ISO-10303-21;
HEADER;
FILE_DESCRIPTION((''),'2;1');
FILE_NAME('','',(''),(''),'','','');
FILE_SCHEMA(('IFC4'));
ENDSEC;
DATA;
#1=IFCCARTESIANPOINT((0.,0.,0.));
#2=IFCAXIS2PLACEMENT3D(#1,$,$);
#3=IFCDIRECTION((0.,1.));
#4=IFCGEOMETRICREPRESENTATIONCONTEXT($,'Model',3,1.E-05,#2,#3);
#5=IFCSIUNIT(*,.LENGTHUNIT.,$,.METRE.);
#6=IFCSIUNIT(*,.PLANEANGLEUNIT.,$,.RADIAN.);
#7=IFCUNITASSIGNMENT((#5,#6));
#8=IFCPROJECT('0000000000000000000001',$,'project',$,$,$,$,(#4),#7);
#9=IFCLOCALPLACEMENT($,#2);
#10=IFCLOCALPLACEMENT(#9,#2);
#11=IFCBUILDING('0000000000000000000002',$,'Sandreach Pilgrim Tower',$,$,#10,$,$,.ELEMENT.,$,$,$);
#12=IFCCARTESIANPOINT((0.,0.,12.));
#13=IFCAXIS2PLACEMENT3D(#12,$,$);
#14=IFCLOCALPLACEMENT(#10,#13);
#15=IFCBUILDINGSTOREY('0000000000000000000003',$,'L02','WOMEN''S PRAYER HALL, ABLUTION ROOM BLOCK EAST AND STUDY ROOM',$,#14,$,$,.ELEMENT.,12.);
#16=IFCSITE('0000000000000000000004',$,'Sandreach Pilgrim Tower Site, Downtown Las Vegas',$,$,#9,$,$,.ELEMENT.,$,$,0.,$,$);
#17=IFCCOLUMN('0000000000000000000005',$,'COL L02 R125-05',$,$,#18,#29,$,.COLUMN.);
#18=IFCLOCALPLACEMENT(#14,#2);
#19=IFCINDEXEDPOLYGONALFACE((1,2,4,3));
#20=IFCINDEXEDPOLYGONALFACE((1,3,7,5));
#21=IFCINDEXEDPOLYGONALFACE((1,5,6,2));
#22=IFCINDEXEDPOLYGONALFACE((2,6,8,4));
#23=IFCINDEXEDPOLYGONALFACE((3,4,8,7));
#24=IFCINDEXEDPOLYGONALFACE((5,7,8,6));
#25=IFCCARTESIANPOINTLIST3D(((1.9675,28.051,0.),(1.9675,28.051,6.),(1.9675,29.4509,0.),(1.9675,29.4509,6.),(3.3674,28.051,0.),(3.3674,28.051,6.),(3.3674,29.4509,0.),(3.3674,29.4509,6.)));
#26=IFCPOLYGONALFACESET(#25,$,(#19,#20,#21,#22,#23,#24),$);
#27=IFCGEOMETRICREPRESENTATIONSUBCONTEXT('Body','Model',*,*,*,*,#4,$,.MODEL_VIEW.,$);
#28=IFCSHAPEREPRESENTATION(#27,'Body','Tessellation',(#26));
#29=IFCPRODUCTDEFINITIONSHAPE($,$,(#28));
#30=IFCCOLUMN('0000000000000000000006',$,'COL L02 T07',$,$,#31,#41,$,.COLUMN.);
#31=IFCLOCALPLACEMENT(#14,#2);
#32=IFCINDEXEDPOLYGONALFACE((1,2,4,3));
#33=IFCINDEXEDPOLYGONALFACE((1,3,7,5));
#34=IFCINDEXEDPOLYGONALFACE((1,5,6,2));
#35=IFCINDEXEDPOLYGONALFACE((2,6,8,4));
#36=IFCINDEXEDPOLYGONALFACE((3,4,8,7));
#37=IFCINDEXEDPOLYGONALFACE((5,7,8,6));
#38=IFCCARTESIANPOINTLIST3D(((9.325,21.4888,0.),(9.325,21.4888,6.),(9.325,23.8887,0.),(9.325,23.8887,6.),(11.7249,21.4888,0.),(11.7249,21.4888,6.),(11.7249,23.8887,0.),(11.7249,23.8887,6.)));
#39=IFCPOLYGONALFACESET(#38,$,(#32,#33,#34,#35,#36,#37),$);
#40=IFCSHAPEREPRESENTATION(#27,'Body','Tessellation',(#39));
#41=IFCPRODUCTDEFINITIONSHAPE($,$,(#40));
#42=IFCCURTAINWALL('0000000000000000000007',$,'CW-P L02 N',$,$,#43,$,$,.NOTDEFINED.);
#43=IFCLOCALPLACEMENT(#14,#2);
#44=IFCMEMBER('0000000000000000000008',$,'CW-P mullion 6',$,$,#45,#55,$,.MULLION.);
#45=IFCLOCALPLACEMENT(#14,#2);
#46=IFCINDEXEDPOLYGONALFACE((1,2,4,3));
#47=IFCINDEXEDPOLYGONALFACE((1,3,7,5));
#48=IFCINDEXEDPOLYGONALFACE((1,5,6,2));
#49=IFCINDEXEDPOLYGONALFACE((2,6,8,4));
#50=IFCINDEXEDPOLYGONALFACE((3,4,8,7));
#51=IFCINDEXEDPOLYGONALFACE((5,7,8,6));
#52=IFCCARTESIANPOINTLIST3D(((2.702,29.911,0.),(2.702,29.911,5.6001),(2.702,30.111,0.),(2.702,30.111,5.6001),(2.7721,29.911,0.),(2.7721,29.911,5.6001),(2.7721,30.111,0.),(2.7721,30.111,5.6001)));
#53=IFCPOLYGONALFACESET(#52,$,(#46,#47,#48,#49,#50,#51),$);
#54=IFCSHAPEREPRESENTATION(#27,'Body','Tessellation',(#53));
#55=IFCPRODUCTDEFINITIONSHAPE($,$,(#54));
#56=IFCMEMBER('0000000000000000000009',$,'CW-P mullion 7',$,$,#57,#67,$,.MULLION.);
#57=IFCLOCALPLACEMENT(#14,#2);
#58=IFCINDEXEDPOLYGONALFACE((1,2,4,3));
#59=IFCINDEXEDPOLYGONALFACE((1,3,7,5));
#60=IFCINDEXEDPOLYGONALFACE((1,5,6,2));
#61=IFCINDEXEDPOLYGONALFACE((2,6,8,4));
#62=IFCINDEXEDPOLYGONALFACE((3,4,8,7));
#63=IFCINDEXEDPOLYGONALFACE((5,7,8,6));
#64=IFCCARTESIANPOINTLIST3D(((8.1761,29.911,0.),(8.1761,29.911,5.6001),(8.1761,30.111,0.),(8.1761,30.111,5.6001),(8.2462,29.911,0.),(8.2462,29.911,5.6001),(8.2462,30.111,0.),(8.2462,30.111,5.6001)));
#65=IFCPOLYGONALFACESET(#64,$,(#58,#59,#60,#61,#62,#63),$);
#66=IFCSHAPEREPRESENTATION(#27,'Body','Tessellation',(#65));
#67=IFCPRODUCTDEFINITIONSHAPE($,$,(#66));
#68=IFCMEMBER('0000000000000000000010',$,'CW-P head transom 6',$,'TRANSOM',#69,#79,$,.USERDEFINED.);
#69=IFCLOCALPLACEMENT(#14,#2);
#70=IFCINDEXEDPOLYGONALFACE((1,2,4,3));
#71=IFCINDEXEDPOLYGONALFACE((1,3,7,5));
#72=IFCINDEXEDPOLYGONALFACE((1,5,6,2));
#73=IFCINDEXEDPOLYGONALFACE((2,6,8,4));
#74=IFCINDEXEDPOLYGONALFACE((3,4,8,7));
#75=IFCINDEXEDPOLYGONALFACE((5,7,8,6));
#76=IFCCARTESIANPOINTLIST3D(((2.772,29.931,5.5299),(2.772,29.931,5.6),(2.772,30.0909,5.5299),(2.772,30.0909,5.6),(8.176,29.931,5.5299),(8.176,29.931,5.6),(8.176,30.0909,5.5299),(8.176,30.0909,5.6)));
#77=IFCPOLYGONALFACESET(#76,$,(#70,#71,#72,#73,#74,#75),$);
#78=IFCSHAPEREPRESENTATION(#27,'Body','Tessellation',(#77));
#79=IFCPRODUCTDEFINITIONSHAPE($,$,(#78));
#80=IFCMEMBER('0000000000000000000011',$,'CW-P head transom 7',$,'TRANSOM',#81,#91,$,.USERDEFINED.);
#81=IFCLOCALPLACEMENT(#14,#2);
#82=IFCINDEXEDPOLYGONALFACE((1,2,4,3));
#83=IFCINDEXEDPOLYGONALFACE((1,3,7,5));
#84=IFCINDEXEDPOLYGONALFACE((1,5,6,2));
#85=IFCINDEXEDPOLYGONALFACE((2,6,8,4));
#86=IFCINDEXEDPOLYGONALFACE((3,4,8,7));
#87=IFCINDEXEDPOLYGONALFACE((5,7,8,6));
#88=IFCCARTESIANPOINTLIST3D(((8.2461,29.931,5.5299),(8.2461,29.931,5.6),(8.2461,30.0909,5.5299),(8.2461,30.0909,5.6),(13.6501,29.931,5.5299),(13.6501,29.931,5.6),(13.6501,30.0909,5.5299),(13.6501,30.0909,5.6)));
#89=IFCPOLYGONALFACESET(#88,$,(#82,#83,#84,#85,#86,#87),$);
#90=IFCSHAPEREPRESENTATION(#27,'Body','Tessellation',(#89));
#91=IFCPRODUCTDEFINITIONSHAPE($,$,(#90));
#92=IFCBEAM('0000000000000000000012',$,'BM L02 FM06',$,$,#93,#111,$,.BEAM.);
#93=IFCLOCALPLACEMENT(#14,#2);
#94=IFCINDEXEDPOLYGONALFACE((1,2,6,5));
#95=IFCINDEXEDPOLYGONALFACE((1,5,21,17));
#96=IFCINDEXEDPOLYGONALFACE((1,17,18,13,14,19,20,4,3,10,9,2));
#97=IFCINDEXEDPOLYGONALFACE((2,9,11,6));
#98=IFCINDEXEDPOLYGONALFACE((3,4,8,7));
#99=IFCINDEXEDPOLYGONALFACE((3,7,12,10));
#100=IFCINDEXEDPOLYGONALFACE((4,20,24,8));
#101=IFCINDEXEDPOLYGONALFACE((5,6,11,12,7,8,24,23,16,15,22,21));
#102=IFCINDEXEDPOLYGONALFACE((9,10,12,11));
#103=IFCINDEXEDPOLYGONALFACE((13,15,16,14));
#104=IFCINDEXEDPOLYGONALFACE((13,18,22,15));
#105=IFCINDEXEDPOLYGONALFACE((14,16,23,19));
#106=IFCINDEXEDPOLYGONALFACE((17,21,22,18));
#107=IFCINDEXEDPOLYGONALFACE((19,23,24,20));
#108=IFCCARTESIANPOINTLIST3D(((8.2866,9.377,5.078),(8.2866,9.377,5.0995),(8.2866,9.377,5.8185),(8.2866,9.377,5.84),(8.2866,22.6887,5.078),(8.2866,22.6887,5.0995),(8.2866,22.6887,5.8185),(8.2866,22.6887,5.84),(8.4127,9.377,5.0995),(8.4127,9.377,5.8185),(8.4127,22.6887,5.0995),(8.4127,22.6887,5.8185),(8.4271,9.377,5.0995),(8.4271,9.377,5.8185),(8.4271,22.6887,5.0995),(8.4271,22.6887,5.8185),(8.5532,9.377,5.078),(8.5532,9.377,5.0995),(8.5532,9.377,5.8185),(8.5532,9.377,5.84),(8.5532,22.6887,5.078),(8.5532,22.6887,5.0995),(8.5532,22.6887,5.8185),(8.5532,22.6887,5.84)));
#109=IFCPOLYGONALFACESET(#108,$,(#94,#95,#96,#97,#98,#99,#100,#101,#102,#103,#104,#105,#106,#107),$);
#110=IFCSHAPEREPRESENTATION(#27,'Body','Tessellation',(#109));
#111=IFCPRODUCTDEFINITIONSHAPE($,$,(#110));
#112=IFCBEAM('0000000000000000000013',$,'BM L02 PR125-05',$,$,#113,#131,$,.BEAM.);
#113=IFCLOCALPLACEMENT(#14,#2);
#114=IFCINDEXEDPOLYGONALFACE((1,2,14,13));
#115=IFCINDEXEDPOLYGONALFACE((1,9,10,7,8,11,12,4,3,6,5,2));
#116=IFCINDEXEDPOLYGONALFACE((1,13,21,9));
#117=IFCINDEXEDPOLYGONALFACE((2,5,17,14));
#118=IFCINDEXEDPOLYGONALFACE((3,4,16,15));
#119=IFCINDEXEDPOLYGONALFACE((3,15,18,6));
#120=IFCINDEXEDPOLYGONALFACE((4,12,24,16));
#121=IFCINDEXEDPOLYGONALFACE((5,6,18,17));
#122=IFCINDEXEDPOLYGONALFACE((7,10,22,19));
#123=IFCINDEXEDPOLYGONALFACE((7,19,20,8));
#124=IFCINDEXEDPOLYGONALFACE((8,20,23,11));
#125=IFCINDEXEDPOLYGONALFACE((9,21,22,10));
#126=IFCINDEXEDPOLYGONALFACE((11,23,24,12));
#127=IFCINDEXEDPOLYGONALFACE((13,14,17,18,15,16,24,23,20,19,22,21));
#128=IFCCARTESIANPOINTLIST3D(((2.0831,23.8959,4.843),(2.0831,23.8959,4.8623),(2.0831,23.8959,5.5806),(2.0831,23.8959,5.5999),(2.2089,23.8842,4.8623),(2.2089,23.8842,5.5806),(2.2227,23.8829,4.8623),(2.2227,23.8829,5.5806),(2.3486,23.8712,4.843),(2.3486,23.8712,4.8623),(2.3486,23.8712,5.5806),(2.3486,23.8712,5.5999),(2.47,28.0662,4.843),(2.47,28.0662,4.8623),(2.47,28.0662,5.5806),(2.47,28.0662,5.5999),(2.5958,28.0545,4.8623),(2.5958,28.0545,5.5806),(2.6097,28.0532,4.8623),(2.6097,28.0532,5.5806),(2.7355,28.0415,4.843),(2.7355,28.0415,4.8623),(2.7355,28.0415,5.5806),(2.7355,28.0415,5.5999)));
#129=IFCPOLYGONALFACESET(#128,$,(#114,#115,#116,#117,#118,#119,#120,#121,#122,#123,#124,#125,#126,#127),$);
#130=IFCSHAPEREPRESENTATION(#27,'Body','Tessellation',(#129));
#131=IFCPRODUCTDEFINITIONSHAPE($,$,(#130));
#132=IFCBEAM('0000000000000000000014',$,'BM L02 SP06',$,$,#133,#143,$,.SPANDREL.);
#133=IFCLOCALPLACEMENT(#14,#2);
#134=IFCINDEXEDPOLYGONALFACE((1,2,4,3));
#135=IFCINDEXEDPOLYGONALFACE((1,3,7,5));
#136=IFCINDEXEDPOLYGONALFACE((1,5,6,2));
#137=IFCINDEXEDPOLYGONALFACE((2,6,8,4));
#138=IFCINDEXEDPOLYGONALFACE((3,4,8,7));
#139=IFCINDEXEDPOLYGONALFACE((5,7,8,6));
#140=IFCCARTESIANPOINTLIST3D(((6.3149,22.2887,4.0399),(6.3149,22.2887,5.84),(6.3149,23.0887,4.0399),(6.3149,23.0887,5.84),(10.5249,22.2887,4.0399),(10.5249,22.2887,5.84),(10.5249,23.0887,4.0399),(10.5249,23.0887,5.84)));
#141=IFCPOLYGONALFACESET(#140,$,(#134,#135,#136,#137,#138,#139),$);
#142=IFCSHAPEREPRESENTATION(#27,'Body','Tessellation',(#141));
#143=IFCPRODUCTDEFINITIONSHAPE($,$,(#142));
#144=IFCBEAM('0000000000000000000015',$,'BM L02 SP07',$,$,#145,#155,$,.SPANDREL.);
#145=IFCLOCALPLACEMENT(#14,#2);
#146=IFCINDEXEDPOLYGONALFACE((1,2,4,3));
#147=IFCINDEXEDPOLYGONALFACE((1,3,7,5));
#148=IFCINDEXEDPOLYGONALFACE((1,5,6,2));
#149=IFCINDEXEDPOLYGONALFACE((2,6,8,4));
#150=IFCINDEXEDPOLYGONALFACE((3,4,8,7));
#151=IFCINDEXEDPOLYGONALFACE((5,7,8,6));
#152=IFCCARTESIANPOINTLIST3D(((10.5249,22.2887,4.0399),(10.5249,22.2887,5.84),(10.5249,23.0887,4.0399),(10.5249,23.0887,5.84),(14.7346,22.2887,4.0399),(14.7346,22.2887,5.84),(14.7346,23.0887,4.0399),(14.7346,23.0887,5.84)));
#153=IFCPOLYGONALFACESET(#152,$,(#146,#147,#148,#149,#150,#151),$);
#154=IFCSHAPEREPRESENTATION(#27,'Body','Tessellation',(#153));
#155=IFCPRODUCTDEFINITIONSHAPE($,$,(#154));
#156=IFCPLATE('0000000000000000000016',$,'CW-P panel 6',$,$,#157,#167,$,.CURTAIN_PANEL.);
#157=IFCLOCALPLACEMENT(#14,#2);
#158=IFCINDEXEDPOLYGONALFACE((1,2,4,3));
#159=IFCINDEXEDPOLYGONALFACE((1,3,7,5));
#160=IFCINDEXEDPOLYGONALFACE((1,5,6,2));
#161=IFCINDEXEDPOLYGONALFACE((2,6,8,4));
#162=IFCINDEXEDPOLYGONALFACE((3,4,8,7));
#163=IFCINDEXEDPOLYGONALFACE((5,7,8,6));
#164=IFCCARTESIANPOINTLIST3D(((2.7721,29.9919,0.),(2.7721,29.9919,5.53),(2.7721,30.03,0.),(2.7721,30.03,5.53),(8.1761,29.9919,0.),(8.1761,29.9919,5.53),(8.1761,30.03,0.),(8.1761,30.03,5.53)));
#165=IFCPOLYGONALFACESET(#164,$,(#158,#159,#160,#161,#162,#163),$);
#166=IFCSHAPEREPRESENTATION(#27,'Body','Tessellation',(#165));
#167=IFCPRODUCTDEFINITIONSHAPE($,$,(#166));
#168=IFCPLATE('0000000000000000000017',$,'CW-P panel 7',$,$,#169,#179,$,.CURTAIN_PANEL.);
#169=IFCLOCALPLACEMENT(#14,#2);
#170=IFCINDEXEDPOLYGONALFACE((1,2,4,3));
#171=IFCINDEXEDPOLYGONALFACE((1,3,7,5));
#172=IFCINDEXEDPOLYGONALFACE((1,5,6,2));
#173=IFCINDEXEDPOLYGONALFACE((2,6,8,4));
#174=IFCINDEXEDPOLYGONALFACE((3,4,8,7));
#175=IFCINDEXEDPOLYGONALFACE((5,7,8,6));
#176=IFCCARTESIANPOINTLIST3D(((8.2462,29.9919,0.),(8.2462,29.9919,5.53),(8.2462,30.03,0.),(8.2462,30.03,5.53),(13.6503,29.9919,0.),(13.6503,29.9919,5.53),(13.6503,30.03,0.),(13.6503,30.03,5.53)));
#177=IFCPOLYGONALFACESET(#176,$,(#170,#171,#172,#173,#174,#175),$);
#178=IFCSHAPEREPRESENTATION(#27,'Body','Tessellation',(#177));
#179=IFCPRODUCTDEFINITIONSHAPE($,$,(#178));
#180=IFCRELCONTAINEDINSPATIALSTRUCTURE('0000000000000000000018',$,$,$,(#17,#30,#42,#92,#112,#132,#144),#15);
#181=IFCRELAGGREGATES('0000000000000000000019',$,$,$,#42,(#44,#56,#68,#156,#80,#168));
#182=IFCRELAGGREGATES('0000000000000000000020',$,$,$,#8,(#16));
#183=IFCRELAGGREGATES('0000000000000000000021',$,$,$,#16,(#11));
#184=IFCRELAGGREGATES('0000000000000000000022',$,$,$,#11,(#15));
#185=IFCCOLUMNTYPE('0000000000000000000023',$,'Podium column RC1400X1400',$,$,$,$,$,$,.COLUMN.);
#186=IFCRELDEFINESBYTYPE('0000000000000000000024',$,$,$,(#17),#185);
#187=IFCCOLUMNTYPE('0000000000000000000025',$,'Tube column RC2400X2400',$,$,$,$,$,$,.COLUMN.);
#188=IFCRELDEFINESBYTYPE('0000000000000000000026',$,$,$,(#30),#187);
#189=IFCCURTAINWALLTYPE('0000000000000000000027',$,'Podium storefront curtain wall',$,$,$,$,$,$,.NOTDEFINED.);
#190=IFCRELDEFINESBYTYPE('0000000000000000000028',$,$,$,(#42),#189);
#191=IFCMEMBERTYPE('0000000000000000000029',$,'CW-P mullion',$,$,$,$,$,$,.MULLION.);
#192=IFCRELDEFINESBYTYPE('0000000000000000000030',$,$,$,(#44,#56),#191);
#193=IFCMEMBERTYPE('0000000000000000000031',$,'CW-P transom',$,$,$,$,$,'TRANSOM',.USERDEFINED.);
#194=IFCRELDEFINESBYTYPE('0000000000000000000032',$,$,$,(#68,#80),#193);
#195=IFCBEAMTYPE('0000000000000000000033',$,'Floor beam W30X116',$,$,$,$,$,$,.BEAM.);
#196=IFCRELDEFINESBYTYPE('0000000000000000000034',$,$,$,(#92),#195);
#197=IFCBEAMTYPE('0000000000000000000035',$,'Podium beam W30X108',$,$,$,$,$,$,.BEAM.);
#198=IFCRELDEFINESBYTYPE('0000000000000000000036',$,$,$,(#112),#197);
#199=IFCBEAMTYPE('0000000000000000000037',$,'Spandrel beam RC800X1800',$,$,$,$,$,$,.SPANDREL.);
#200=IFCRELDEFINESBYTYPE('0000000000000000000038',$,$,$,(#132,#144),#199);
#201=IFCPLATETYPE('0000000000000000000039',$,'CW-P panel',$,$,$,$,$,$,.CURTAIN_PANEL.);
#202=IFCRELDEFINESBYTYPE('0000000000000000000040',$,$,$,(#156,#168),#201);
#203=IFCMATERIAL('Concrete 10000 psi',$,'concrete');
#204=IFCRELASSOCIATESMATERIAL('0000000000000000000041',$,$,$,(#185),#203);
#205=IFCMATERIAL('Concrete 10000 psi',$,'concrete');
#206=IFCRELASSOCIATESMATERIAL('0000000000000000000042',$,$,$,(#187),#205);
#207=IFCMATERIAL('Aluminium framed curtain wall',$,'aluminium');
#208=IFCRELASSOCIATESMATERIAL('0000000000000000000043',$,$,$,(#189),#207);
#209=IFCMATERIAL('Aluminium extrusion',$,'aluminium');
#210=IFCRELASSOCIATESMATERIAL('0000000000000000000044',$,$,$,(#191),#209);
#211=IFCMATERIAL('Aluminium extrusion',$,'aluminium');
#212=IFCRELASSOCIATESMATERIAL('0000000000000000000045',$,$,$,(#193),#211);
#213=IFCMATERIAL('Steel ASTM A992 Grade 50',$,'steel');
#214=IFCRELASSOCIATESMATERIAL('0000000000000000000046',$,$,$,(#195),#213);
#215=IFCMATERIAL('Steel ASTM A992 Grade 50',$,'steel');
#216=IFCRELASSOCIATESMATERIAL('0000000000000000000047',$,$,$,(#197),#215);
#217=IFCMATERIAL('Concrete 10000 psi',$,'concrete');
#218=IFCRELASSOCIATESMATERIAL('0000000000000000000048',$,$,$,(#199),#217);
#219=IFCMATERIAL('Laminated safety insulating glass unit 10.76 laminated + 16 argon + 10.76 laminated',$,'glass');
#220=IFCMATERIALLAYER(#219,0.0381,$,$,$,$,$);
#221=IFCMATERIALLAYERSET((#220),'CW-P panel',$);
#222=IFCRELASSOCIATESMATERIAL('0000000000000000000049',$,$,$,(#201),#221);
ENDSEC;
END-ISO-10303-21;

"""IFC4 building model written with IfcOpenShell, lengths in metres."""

from ifc_helpers import new_model, si_unit, direction, frame, origin, origin_2d, place, context, subcontext, project, spatial, rectangle, i_section, extrude, material, layer, layer_set, material_profile, profile_set, type_object, element, aggregate, save


model = new_model("IFC4")

# Units and contexts
model_context = context("Model", 3, precision=1e-05, world=origin(), true_north=direction((0.0, 1.0)))
body_context = subcontext(model_context, "Body", "Model", "MODEL_VIEW")
ifc_project = project(units=[si_unit("LENGTHUNIT", "METRE"), si_unit("PLANEANGLEUNIT", "RADIAN")], contexts=[model_context])

# Site, building, storey
site_placement = place(None, origin())
site = spatial("IfcSite", under=ifc_project, at=site_placement, Name="Sandreach Pilgrim Tower Site, Downtown Las Vegas", CompositionType="ELEMENT", RefElevation=0.0)
building_placement = place(site_placement, origin())
building = spatial("IfcBuilding", under=site, at=building_placement, Name="Sandreach Pilgrim Tower", CompositionType="ELEMENT")
storey_placement = place(building_placement, frame((0.0, 0.0, 12.0)))
storey = spatial("IfcBuildingStorey", under=building, at=storey_placement, Name="L02", Description="WOMEN'S PRAYER HALL, ABLUTION ROOM BLOCK EAST AND STUDY ROOM", CompositionType="ELEMENT", Elevation=12.0)

# Columns
ifc_material_1 = material(Name="Concrete 10000 psi", Category="concrete")
ifc_material_profile_1 = material_profile(ifc_material_1, rectangle(XDim=1.3999, YDim=1.3999, at=origin_2d()), Name="RC1400X1400")
ifc_profile_set_1 = profile_set([ifc_material_profile_1], Name="Concrete 10000 psi")
column_type_1 = type_object("IfcColumnType", Name="Podium column RC1400X1400", PredefinedType="COLUMN", material=ifc_profile_set_1)
column_1_placement = place(storey_placement, frame((2.6675, 28.751, 0.0), z_axis=(0.0, 0.0, 1.0), x_axis=(0.0, 1.0, 0.0)))
element("IfcColumn", 1, at=column_1_placement, inside=storey, type_object=column_type_1, Name="COL L02 R125-05", PredefinedType="COLUMN", context=body_context, shape_type="SweptSolid", body=[
    extrude(rectangle(XDim=1.3999, YDim=1.3999, at=origin_2d()), origin(), (0.0, 0.0, 1.0), 6.0),
])
ifc_material_2 = material(Name="Concrete 10000 psi", Category="concrete")
ifc_material_profile_2 = material_profile(ifc_material_2, rectangle(XDim=2.3999, YDim=2.3999, at=origin_2d()), Name="RC2400X2400")
ifc_profile_set_2 = profile_set([ifc_material_profile_2], Name="Concrete 10000 psi")
column_type_2 = type_object("IfcColumnType", Name="Tube column RC2400X2400", PredefinedType="COLUMN", material=ifc_profile_set_2)
column_2_placement = place(storey_placement, frame((10.5249, 22.6887, 0.0), z_axis=(0.0, 0.0, 1.0), x_axis=(0.0, 1.0, 0.0)))
element("IfcColumn", 2, at=column_2_placement, inside=storey, type_object=column_type_2, Name="COL L02 T07", PredefinedType="COLUMN", context=body_context, shape_type="SweptSolid", body=[
    extrude(rectangle(XDim=2.3999, YDim=2.3999, at=origin_2d()), origin(), (0.0, 0.0, 1.0), 6.0),
])

# Curtain wall, members
ifc_material_3 = material(Name="Aluminium framed curtain wall", Category="aluminium")
curtain_wall_type = type_object("IfcCurtainWallType", Name="Podium storefront curtain wall", PredefinedType="NOTDEFINED", material=ifc_material_3)
curtain_wall_placement = place(storey_placement, origin())
curtain_wall = element("IfcCurtainWall", 3, at=curtain_wall_placement, inside=storey, type_object=curtain_wall_type, Name="CW-P L02 N", PredefinedType="NOTDEFINED")
ifc_material_4 = material(Name="Aluminium extrusion", Category="aluminium")
ifc_material_profile_3 = material_profile(ifc_material_4, rectangle(XDim=0.0701, YDim=0.2, at=origin_2d()), Name="CW-PM 70X200")
ifc_profile_set_3 = profile_set([ifc_material_profile_3], Name="Aluminium extrusion")
member_type_1 = type_object("IfcMemberType", Name="CW-P mullion", PredefinedType="MULLION", material=ifc_profile_set_3)
member_1_placement = place(storey_placement, frame((2.7371, 30.011, 0.0), z_axis=(0.0, 0.0, 1.0), x_axis=(1.0, 0.0, 0.0)))
member_1 = element("IfcMember", 4, at=member_1_placement, type_object=member_type_1, Name="CW-P mullion 6", PredefinedType="MULLION", context=body_context, shape_type="SweptSolid", body=[
    extrude(rectangle(XDim=0.0701, YDim=0.2, at=origin_2d()), origin(), (0.0, 0.0, 1.0), 5.6001),
])
member_2_placement = place(storey_placement, frame((8.2112, 30.011, 0.0), z_axis=(0.0, 0.0, 1.0), x_axis=(1.0, 0.0, 0.0)))
member_2 = element("IfcMember", 5, at=member_2_placement, type_object=member_type_1, Name="CW-P mullion 7", PredefinedType="MULLION", context=body_context, shape_type="SweptSolid", body=[
    extrude(rectangle(XDim=0.0701, YDim=0.2, at=origin_2d()), origin(), (0.0, 0.0, 1.0), 5.6001),
])
ifc_material_5 = material(Name="Aluminium extrusion", Category="aluminium")
ifc_material_profile_4 = material_profile(ifc_material_5, rectangle(XDim=0.1599, YDim=0.0701, at=origin_2d()), Name="CW-PT 160X70")
ifc_profile_set_4 = profile_set([ifc_material_profile_4], Name="Aluminium extrusion")
member_type_2 = type_object("IfcMemberType", Name="CW-P transom", ElementType="TRANSOM", PredefinedType="USERDEFINED", material=ifc_profile_set_4)
member_3_placement = place(storey_placement, frame((2.772, 30.011, 5.5649), z_axis=(1.0, 0.0, 0.0), x_axis=(0.0, 1.0, 0.0)))
member_3 = element("IfcMember", 6, at=member_3_placement, type_object=member_type_2, Name="CW-P head transom 6", ObjectType="TRANSOM", PredefinedType="USERDEFINED", context=body_context, shape_type="SweptSolid", body=[
    extrude(rectangle(XDim=0.1599, YDim=0.0701, at=origin_2d()), origin(), (0.0, 0.0, 1.0), 5.4041),
])
member_4_placement = place(storey_placement, frame((8.2461, 30.011, 5.5649), z_axis=(1.0, 0.0, 0.0), x_axis=(0.0, 1.0, 0.0)))
member_4 = element("IfcMember", 7, at=member_4_placement, type_object=member_type_2, Name="CW-P head transom 7", ObjectType="TRANSOM", PredefinedType="USERDEFINED", context=body_context, shape_type="SweptSolid", body=[
    extrude(rectangle(XDim=0.1599, YDim=0.0701, at=origin_2d()), origin(), (0.0, 0.0, 1.0), 5.4041),
])

# Beams
ifc_material_6 = material(Name="Steel ASTM A992 Grade 50", Category="steel")
ifc_material_profile_5 = material_profile(ifc_material_6, i_section(OverallWidth=0.2666, OverallDepth=0.762, WebThickness=0.0144, FlangeThickness=0.0215, at=origin_2d()), Name="W30X116")
ifc_profile_set_5 = profile_set([ifc_material_profile_5], Name="Steel ASTM A992 Grade 50")
beam_type_1 = type_object("IfcBeamType", Name="Floor beam W30X116", PredefinedType="BEAM", material=ifc_profile_set_5)
beam_1_placement = place(storey_placement, frame((8.4199, 22.6887, 5.459), z_axis=(0.0, -1.0, 0.0), x_axis=(1.0, 0.0, 0.0)))
element("IfcBeam", 8, at=beam_1_placement, inside=storey, type_object=beam_type_1, Name="BM L02 FM06", PredefinedType="BEAM", context=body_context, shape_type="SweptSolid", body=[
    extrude(i_section(OverallWidth=0.2666, OverallDepth=0.762, WebThickness=0.0144, FlangeThickness=0.0215, at=origin_2d()), origin(), (0.0, 0.0, 1.0), 13.3118),
])
ifc_material_7 = material(Name="Steel ASTM A992 Grade 50", Category="steel")
ifc_material_profile_6 = material_profile(ifc_material_7, i_section(OverallWidth=0.2666, OverallDepth=0.7568, WebThickness=0.0139, FlangeThickness=0.0193, at=origin_2d()), Name="W30X108")
ifc_profile_set_6 = profile_set([ifc_material_profile_6], Name="Steel ASTM A992 Grade 50")
beam_type_2 = type_object("IfcBeamType", Name="Podium beam W30X108", PredefinedType="BEAM", material=ifc_profile_set_6)
beam_2_placement = place(storey_placement, frame((2.2158, 23.8835, 5.2214), z_axis=(0.092391, 0.995723, 0.0), x_axis=(-0.995723, 0.092391, 0.0)))
element("IfcBeam", 9, at=beam_2_placement, inside=storey, type_object=beam_type_2, Name="BM L02 PR125-05", PredefinedType="BEAM", context=body_context, shape_type="SweptSolid", body=[
    extrude(i_section(OverallWidth=0.2666, OverallDepth=0.7568, WebThickness=0.0139, FlangeThickness=0.0193, at=origin_2d()), origin(), (0.0, 0.0, 1.0), 4.1882),
])
ifc_material_8 = material(Name="Concrete 10000 psi", Category="concrete")
ifc_material_profile_7 = material_profile(ifc_material_8, rectangle(XDim=0.8, YDim=1.8, at=origin_2d()), Name="RC800X1800")
ifc_profile_set_7 = profile_set([ifc_material_profile_7], Name="Concrete 10000 psi")
beam_type_3 = type_object("IfcBeamType", Name="Spandrel beam RC800X1800", PredefinedType="SPANDREL", material=ifc_profile_set_7)
beam_3_placement = place(storey_placement, frame((6.3149, 22.6887, 4.9399), z_axis=(1.0, 0.0, 0.0), x_axis=(0.0, 1.0, 0.0)))
element("IfcBeam", 10, at=beam_3_placement, inside=storey, type_object=beam_type_3, Name="BM L02 SP06", PredefinedType="SPANDREL", context=body_context, shape_type="SweptSolid", body=[
    extrude(rectangle(XDim=0.8, YDim=1.8, at=origin_2d()), origin(), (0.0, 0.0, 1.0), 4.21),
])
beam_4_placement = place(storey_placement, frame((10.5249, 22.6887, 4.9399), z_axis=(1.0, 0.0, 0.0), x_axis=(0.0, 1.0, 0.0)))
element("IfcBeam", 11, at=beam_4_placement, inside=storey, type_object=beam_type_3, Name="BM L02 SP07", PredefinedType="SPANDREL", context=body_context, shape_type="SweptSolid", body=[
    extrude(rectangle(XDim=0.8, YDim=1.8, at=origin_2d()), origin(), (0.0, 0.0, 1.0), 4.2097),
])

# Plates
ifc_material_9 = material(Name="Laminated safety insulating glass unit 10.76 laminated + 16 argon + 10.76 laminated", Category="glass")
ifc_layer_1 = layer(ifc_material_9, 0.0381)
ifc_layer_set_1 = layer_set([ifc_layer_1], Name="CW-P panel")
plate_type = type_object("IfcPlateType", Name="CW-P panel", PredefinedType="CURTAIN_PANEL", material=ifc_layer_set_1)
plate_1_placement = place(storey_placement, frame((5.4741, 30.011, 0.0), z_axis=(0.0, 0.0, 1.0), x_axis=(1.0, 0.0, 0.0)))
plate_1 = element("IfcPlate", 12, at=plate_1_placement, type_object=plate_type, Name="CW-P panel 6", PredefinedType="CURTAIN_PANEL", context=body_context, shape_type="SweptSolid", body=[
    extrude(rectangle(XDim=5.4041, YDim=0.0381, at=origin_2d()), origin(), (0.0, 0.0, 1.0), 5.53),
])
plate_2_placement = place(storey_placement, frame((10.9482, 30.011, 0.0), z_axis=(0.0, 0.0, 1.0), x_axis=(1.0, 0.0, 0.0)))
plate_2 = element("IfcPlate", 13, at=plate_2_placement, type_object=plate_type, Name="CW-P panel 7", PredefinedType="CURTAIN_PANEL", context=body_context, shape_type="SweptSolid", body=[
    extrude(rectangle(XDim=5.4041, YDim=0.0381, at=origin_2d()), origin(), (0.0, 0.0, 1.0), 5.53),
])
aggregate(curtain_wall, [member_1, member_2, member_3, plate_1, member_4, plate_2])

save(model, "model.ifc")
